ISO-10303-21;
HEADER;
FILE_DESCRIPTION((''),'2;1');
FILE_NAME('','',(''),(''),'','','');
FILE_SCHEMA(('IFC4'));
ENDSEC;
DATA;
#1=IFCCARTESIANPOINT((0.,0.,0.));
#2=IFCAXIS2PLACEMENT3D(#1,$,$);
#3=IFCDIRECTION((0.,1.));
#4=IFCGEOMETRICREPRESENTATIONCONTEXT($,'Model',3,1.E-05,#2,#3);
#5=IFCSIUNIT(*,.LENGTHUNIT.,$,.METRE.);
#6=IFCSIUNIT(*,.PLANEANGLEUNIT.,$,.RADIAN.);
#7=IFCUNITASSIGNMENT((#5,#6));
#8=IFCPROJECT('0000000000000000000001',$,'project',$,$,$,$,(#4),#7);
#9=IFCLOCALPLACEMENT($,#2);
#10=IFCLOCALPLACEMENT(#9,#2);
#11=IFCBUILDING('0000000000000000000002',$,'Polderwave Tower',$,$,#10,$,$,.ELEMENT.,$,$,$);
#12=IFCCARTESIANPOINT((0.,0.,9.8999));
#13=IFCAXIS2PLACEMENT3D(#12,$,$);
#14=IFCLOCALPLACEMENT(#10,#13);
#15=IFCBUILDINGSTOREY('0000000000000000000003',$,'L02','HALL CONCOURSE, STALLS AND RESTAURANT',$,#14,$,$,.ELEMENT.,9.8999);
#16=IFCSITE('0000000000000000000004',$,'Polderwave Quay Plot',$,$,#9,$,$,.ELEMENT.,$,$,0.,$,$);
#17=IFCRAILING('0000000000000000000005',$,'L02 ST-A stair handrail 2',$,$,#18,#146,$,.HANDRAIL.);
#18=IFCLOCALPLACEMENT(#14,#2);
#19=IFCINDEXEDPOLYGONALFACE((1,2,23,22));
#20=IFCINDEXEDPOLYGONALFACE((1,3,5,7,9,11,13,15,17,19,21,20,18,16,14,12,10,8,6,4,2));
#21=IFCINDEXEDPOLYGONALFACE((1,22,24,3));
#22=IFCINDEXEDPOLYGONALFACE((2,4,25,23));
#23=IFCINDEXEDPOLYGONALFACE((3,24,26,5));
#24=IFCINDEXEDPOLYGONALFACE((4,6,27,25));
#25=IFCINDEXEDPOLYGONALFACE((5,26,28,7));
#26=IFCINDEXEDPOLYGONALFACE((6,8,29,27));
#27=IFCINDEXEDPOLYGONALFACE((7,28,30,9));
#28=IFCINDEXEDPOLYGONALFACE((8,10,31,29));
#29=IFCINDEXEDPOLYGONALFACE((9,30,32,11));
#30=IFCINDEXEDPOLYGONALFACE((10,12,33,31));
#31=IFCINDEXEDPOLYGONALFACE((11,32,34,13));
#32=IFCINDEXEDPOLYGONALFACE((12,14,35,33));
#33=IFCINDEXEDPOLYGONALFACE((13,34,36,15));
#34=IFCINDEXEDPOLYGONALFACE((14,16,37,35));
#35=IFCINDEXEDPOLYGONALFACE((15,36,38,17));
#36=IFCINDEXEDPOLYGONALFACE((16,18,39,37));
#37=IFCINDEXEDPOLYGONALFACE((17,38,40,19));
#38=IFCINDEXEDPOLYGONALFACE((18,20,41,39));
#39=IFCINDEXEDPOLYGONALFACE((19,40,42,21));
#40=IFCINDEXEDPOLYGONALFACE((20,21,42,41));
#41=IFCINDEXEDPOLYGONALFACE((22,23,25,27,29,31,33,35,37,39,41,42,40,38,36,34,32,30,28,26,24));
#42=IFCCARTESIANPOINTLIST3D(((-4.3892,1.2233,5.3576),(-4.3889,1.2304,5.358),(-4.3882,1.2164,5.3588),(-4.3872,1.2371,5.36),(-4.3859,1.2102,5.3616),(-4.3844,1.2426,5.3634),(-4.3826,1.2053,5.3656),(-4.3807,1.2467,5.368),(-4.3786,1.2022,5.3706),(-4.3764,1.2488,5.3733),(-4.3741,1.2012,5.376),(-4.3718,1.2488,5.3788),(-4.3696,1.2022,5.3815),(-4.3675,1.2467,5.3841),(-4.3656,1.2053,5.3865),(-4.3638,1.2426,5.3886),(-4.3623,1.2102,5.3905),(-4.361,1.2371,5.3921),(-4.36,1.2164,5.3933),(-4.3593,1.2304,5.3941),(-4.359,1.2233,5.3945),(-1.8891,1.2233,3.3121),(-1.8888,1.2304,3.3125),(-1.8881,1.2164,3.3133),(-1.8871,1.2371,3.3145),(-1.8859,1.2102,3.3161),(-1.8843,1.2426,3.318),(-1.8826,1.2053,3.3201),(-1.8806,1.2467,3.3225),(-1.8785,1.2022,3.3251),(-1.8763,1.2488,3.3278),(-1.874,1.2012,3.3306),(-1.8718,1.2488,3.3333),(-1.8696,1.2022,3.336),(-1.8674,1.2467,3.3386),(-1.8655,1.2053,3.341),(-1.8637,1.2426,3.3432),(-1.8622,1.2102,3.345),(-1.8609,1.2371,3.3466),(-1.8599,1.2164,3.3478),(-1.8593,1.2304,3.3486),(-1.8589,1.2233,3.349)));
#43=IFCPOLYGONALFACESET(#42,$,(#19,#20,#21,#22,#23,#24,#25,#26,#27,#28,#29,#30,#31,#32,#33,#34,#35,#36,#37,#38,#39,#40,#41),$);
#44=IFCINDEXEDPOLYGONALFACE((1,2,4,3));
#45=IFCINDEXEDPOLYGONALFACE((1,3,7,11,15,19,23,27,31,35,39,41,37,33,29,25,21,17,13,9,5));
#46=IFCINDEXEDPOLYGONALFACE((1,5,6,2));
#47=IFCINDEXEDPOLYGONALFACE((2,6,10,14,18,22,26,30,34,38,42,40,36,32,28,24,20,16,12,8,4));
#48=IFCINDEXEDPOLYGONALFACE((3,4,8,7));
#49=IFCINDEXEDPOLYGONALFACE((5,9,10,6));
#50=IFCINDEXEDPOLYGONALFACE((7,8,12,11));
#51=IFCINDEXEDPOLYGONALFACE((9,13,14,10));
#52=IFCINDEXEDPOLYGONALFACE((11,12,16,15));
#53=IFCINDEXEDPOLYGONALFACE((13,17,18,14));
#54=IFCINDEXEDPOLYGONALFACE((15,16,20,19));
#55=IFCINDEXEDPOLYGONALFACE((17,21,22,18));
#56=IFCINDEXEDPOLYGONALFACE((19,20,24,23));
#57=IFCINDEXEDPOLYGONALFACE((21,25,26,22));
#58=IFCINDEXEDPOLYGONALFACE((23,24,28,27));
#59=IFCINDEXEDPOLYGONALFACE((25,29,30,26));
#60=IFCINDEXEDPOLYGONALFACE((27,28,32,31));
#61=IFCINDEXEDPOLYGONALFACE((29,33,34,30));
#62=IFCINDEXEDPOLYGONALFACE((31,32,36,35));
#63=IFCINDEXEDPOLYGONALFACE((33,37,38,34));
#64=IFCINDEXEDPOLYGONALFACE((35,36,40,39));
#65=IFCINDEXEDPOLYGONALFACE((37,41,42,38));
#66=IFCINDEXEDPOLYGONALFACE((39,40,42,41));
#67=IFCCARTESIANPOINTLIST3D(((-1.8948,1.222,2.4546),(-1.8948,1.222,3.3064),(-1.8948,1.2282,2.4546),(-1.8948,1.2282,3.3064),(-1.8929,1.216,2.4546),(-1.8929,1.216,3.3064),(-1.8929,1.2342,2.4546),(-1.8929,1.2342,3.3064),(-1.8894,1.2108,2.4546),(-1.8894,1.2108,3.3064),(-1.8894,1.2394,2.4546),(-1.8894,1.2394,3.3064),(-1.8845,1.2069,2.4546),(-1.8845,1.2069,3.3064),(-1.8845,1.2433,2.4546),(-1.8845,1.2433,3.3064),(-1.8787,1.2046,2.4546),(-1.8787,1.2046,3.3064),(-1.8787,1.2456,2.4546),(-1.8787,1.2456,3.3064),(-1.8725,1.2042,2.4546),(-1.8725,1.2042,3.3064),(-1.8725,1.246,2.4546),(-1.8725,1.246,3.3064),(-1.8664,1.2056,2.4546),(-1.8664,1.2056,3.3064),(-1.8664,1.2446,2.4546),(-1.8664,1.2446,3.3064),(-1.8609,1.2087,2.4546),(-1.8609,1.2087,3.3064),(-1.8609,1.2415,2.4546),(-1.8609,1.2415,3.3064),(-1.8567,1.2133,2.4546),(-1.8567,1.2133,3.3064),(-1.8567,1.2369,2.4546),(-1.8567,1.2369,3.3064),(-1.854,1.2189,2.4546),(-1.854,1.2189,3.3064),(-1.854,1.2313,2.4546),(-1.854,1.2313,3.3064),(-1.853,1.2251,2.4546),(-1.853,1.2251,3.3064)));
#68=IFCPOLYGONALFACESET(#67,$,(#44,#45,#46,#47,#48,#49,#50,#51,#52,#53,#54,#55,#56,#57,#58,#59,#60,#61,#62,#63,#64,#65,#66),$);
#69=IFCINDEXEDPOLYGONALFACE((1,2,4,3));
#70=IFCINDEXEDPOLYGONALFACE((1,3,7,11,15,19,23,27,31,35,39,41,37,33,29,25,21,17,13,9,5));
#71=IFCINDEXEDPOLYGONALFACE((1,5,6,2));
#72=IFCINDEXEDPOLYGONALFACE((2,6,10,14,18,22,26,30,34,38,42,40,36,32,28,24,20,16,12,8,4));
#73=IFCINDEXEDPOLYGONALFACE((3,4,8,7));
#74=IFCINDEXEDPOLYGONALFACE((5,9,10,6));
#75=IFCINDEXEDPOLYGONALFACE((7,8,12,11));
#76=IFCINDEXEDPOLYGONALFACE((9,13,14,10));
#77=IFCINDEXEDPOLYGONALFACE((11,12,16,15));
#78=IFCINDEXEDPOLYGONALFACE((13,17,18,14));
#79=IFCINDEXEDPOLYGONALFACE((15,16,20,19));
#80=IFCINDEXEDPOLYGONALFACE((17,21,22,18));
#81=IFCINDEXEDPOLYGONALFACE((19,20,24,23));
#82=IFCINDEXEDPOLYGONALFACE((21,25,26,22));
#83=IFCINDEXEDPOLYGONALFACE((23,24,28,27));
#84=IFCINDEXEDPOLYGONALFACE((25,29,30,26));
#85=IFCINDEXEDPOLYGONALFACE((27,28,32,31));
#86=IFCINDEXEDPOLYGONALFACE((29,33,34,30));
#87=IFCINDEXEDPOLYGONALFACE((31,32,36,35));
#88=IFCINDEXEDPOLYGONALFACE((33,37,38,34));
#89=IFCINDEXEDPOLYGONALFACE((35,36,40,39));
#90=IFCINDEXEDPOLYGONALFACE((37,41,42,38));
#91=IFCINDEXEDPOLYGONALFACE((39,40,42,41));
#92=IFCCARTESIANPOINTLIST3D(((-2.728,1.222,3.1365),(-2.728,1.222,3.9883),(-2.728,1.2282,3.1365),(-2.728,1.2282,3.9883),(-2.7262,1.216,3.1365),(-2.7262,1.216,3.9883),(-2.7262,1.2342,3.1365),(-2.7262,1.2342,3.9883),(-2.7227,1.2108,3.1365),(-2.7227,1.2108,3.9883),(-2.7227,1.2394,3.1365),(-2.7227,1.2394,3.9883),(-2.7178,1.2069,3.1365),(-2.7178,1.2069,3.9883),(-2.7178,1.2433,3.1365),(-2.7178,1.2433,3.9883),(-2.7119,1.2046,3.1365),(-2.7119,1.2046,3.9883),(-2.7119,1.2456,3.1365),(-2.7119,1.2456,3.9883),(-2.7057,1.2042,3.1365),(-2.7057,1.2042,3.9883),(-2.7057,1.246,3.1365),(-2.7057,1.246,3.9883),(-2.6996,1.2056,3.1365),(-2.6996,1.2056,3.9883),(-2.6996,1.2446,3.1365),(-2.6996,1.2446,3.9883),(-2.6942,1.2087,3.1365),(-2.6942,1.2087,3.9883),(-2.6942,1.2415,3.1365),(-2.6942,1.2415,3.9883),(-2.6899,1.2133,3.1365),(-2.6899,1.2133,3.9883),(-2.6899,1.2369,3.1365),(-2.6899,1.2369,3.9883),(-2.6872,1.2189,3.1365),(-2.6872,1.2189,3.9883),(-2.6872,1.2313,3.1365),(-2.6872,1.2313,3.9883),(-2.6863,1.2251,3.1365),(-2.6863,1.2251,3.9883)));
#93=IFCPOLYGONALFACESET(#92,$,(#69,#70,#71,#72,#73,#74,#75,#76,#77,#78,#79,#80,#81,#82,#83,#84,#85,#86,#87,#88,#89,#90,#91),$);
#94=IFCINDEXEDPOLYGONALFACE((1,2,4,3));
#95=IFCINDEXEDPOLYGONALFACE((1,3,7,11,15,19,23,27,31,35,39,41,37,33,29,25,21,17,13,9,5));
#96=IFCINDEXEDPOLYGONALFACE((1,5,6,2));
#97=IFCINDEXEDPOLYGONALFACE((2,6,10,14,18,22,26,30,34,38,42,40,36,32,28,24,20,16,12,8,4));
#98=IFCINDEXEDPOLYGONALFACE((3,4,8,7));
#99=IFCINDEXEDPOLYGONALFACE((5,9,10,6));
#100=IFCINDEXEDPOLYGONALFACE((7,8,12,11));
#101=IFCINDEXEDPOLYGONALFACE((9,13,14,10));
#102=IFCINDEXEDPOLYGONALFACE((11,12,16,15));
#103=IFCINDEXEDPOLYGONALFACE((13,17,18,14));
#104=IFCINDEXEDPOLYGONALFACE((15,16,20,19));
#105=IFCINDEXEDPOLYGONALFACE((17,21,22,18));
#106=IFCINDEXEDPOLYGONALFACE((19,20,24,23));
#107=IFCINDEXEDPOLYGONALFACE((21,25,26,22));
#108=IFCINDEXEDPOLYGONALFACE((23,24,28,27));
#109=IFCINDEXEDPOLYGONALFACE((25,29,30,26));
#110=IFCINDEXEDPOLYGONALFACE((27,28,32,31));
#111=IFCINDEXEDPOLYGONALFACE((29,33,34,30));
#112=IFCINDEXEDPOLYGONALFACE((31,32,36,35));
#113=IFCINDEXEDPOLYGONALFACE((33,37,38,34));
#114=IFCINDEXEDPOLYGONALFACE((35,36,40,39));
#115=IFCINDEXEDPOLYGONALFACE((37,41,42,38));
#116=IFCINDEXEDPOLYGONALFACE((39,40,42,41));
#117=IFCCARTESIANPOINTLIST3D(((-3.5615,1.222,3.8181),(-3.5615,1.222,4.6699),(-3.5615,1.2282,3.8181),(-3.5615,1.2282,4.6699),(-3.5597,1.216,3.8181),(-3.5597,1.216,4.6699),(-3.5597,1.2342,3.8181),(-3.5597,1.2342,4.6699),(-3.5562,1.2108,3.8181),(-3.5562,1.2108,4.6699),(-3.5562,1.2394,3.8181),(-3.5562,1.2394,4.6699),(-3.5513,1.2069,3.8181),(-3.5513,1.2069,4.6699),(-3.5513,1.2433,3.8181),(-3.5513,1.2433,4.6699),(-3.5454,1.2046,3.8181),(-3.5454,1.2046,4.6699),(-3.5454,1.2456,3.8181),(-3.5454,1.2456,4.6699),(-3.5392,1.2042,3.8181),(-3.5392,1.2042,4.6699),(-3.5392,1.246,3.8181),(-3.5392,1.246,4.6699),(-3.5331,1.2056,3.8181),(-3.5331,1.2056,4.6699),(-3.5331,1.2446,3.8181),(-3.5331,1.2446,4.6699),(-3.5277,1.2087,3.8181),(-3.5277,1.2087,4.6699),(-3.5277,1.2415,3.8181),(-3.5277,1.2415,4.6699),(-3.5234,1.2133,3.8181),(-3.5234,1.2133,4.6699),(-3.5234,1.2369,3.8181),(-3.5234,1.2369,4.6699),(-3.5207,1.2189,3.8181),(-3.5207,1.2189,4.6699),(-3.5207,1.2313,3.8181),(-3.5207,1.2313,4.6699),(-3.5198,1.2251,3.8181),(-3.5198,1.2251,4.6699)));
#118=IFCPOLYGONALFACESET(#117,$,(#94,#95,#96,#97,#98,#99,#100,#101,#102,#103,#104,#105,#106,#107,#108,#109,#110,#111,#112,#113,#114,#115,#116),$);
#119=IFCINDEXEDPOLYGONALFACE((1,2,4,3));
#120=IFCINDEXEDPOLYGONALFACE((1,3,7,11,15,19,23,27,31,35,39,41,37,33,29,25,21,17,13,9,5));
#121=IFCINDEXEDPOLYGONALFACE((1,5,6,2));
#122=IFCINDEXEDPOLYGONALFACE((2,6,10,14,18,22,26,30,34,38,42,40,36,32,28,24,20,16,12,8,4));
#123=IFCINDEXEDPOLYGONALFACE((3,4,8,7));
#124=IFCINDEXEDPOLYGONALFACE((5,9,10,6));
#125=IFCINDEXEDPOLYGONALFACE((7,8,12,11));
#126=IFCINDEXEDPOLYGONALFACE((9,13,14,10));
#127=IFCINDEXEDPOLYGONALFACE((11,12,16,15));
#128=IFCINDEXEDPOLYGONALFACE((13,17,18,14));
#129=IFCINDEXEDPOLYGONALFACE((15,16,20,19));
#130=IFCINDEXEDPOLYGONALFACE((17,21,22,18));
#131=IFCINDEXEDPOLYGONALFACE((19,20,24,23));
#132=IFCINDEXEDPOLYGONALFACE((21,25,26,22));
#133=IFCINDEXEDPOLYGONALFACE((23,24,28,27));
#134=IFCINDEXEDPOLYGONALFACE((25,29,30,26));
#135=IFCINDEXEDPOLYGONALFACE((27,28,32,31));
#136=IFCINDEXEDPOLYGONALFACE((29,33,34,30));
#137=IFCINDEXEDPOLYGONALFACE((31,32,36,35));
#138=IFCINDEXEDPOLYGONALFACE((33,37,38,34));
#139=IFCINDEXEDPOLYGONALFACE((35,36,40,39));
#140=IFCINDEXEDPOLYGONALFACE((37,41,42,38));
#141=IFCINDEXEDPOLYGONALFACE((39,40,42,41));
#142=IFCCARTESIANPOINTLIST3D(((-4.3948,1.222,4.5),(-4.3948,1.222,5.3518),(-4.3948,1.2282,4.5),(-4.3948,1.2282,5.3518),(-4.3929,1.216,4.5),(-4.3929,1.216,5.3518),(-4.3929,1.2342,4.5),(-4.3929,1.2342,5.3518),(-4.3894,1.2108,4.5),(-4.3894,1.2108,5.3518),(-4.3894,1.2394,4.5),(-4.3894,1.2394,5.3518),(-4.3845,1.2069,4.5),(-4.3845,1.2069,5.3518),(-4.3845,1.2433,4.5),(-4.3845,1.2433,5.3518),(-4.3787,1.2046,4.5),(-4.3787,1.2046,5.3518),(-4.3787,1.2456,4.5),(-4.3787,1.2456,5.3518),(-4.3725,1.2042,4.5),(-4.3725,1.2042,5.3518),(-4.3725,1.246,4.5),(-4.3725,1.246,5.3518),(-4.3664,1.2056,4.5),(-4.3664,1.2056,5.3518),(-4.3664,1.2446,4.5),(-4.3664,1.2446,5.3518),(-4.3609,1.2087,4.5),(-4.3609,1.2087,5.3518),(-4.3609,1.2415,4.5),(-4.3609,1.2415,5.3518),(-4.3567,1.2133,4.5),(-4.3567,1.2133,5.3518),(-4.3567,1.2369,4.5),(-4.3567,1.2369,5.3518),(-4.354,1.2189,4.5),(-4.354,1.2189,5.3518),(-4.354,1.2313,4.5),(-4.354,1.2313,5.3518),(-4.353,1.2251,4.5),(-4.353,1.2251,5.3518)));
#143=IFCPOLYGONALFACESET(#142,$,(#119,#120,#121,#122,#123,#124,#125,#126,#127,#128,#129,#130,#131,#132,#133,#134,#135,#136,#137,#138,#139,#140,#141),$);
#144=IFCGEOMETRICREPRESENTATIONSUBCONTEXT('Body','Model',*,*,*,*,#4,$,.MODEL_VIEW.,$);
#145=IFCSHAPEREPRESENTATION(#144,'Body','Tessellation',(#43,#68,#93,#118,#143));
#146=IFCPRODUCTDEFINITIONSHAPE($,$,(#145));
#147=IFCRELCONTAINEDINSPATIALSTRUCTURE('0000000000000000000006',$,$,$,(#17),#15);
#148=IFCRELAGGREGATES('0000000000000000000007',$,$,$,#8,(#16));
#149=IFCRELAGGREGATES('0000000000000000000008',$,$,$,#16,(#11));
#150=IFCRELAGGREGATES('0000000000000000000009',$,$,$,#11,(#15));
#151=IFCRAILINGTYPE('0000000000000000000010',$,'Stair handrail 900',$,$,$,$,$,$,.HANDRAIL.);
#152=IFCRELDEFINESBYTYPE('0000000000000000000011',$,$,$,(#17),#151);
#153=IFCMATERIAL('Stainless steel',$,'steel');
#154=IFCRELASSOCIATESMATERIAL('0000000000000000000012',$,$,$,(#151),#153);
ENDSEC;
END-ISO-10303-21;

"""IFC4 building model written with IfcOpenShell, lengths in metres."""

from ifc_helpers import new_model, si_unit, direction, frame, origin, origin_2d, place, context, subcontext, project, spatial, circle, extrude, material, type_object, element, save


model = new_model("IFC4")

# Units and contexts
model_context = context("Model", 3, precision=1e-05, world=origin(), true_north=direction((0.0, 1.0)))
body_context = subcontext(model_context, "Body", "Model", "MODEL_VIEW")
ifc_project = project(units=[si_unit("LENGTHUNIT", "METRE"), si_unit("PLANEANGLEUNIT", "RADIAN")], contexts=[model_context])

# Site, building, storey
site_placement = place(None, origin())
site = spatial("IfcSite", under=ifc_project, at=site_placement, Name="Polderwave Quay Plot", CompositionType="ELEMENT", RefElevation=0.0)
building_placement = place(site_placement, origin())
building = spatial("IfcBuilding", under=site, at=building_placement, Name="Polderwave Tower", CompositionType="ELEMENT")
storey_placement = place(building_placement, frame((0.0, 0.0, 9.8999)))
storey = spatial("IfcBuildingStorey", under=building, at=storey_placement, Name="L02", Description="HALL CONCOURSE, STALLS AND RESTAURANT", CompositionType="ELEMENT", Elevation=9.8999)

# Railing
ifc_material_1 = material(Name="Stainless steel", Category="steel")
railing_type_1 = type_object("IfcRailingType", Name="Stair handrail 900", PredefinedType="HANDRAIL", material=ifc_material_1)
railing_1_placement = place(storey_placement, frame((-1.874, 1.2251, 2.4546)))
element("IfcRailing", 1, at=railing_1_placement, inside=storey, type_object=railing_type_1, Name="L02 ST-A stair handrail 2", PredefinedType="HANDRAIL", context=body_context, shape_type="SweptSolid", body=[
    extrude(circle(Radius=0.0239, at=origin_2d()), frame((0.0, 0.0, 0.876), z_axis=(-0.773964, 0.0, 0.63323), x_axis=(0.0, -1.0, 0.0)), (0.0, 0.0, 1.0), 3.2302),
    extrude(circle(Radius=0.021, at=origin_2d()), origin(), (0.0, 0.0, 1.0), 0.8518),
    extrude(circle(Radius=0.021, at=origin_2d()), frame((-0.8333, 0.0, 0.6819)), (0.0, 0.0, 1.0), 0.8518),
    extrude(circle(Radius=0.021, at=origin_2d()), frame((-1.6667, 0.0, 1.3635)), (0.0, 0.0, 1.0), 0.8518),
    extrude(circle(Radius=0.021, at=origin_2d()), frame((-2.5, 0.0, 2.0454)), (0.0, 0.0, 1.0), 0.8518),
])

save(model, "model.ifc")
